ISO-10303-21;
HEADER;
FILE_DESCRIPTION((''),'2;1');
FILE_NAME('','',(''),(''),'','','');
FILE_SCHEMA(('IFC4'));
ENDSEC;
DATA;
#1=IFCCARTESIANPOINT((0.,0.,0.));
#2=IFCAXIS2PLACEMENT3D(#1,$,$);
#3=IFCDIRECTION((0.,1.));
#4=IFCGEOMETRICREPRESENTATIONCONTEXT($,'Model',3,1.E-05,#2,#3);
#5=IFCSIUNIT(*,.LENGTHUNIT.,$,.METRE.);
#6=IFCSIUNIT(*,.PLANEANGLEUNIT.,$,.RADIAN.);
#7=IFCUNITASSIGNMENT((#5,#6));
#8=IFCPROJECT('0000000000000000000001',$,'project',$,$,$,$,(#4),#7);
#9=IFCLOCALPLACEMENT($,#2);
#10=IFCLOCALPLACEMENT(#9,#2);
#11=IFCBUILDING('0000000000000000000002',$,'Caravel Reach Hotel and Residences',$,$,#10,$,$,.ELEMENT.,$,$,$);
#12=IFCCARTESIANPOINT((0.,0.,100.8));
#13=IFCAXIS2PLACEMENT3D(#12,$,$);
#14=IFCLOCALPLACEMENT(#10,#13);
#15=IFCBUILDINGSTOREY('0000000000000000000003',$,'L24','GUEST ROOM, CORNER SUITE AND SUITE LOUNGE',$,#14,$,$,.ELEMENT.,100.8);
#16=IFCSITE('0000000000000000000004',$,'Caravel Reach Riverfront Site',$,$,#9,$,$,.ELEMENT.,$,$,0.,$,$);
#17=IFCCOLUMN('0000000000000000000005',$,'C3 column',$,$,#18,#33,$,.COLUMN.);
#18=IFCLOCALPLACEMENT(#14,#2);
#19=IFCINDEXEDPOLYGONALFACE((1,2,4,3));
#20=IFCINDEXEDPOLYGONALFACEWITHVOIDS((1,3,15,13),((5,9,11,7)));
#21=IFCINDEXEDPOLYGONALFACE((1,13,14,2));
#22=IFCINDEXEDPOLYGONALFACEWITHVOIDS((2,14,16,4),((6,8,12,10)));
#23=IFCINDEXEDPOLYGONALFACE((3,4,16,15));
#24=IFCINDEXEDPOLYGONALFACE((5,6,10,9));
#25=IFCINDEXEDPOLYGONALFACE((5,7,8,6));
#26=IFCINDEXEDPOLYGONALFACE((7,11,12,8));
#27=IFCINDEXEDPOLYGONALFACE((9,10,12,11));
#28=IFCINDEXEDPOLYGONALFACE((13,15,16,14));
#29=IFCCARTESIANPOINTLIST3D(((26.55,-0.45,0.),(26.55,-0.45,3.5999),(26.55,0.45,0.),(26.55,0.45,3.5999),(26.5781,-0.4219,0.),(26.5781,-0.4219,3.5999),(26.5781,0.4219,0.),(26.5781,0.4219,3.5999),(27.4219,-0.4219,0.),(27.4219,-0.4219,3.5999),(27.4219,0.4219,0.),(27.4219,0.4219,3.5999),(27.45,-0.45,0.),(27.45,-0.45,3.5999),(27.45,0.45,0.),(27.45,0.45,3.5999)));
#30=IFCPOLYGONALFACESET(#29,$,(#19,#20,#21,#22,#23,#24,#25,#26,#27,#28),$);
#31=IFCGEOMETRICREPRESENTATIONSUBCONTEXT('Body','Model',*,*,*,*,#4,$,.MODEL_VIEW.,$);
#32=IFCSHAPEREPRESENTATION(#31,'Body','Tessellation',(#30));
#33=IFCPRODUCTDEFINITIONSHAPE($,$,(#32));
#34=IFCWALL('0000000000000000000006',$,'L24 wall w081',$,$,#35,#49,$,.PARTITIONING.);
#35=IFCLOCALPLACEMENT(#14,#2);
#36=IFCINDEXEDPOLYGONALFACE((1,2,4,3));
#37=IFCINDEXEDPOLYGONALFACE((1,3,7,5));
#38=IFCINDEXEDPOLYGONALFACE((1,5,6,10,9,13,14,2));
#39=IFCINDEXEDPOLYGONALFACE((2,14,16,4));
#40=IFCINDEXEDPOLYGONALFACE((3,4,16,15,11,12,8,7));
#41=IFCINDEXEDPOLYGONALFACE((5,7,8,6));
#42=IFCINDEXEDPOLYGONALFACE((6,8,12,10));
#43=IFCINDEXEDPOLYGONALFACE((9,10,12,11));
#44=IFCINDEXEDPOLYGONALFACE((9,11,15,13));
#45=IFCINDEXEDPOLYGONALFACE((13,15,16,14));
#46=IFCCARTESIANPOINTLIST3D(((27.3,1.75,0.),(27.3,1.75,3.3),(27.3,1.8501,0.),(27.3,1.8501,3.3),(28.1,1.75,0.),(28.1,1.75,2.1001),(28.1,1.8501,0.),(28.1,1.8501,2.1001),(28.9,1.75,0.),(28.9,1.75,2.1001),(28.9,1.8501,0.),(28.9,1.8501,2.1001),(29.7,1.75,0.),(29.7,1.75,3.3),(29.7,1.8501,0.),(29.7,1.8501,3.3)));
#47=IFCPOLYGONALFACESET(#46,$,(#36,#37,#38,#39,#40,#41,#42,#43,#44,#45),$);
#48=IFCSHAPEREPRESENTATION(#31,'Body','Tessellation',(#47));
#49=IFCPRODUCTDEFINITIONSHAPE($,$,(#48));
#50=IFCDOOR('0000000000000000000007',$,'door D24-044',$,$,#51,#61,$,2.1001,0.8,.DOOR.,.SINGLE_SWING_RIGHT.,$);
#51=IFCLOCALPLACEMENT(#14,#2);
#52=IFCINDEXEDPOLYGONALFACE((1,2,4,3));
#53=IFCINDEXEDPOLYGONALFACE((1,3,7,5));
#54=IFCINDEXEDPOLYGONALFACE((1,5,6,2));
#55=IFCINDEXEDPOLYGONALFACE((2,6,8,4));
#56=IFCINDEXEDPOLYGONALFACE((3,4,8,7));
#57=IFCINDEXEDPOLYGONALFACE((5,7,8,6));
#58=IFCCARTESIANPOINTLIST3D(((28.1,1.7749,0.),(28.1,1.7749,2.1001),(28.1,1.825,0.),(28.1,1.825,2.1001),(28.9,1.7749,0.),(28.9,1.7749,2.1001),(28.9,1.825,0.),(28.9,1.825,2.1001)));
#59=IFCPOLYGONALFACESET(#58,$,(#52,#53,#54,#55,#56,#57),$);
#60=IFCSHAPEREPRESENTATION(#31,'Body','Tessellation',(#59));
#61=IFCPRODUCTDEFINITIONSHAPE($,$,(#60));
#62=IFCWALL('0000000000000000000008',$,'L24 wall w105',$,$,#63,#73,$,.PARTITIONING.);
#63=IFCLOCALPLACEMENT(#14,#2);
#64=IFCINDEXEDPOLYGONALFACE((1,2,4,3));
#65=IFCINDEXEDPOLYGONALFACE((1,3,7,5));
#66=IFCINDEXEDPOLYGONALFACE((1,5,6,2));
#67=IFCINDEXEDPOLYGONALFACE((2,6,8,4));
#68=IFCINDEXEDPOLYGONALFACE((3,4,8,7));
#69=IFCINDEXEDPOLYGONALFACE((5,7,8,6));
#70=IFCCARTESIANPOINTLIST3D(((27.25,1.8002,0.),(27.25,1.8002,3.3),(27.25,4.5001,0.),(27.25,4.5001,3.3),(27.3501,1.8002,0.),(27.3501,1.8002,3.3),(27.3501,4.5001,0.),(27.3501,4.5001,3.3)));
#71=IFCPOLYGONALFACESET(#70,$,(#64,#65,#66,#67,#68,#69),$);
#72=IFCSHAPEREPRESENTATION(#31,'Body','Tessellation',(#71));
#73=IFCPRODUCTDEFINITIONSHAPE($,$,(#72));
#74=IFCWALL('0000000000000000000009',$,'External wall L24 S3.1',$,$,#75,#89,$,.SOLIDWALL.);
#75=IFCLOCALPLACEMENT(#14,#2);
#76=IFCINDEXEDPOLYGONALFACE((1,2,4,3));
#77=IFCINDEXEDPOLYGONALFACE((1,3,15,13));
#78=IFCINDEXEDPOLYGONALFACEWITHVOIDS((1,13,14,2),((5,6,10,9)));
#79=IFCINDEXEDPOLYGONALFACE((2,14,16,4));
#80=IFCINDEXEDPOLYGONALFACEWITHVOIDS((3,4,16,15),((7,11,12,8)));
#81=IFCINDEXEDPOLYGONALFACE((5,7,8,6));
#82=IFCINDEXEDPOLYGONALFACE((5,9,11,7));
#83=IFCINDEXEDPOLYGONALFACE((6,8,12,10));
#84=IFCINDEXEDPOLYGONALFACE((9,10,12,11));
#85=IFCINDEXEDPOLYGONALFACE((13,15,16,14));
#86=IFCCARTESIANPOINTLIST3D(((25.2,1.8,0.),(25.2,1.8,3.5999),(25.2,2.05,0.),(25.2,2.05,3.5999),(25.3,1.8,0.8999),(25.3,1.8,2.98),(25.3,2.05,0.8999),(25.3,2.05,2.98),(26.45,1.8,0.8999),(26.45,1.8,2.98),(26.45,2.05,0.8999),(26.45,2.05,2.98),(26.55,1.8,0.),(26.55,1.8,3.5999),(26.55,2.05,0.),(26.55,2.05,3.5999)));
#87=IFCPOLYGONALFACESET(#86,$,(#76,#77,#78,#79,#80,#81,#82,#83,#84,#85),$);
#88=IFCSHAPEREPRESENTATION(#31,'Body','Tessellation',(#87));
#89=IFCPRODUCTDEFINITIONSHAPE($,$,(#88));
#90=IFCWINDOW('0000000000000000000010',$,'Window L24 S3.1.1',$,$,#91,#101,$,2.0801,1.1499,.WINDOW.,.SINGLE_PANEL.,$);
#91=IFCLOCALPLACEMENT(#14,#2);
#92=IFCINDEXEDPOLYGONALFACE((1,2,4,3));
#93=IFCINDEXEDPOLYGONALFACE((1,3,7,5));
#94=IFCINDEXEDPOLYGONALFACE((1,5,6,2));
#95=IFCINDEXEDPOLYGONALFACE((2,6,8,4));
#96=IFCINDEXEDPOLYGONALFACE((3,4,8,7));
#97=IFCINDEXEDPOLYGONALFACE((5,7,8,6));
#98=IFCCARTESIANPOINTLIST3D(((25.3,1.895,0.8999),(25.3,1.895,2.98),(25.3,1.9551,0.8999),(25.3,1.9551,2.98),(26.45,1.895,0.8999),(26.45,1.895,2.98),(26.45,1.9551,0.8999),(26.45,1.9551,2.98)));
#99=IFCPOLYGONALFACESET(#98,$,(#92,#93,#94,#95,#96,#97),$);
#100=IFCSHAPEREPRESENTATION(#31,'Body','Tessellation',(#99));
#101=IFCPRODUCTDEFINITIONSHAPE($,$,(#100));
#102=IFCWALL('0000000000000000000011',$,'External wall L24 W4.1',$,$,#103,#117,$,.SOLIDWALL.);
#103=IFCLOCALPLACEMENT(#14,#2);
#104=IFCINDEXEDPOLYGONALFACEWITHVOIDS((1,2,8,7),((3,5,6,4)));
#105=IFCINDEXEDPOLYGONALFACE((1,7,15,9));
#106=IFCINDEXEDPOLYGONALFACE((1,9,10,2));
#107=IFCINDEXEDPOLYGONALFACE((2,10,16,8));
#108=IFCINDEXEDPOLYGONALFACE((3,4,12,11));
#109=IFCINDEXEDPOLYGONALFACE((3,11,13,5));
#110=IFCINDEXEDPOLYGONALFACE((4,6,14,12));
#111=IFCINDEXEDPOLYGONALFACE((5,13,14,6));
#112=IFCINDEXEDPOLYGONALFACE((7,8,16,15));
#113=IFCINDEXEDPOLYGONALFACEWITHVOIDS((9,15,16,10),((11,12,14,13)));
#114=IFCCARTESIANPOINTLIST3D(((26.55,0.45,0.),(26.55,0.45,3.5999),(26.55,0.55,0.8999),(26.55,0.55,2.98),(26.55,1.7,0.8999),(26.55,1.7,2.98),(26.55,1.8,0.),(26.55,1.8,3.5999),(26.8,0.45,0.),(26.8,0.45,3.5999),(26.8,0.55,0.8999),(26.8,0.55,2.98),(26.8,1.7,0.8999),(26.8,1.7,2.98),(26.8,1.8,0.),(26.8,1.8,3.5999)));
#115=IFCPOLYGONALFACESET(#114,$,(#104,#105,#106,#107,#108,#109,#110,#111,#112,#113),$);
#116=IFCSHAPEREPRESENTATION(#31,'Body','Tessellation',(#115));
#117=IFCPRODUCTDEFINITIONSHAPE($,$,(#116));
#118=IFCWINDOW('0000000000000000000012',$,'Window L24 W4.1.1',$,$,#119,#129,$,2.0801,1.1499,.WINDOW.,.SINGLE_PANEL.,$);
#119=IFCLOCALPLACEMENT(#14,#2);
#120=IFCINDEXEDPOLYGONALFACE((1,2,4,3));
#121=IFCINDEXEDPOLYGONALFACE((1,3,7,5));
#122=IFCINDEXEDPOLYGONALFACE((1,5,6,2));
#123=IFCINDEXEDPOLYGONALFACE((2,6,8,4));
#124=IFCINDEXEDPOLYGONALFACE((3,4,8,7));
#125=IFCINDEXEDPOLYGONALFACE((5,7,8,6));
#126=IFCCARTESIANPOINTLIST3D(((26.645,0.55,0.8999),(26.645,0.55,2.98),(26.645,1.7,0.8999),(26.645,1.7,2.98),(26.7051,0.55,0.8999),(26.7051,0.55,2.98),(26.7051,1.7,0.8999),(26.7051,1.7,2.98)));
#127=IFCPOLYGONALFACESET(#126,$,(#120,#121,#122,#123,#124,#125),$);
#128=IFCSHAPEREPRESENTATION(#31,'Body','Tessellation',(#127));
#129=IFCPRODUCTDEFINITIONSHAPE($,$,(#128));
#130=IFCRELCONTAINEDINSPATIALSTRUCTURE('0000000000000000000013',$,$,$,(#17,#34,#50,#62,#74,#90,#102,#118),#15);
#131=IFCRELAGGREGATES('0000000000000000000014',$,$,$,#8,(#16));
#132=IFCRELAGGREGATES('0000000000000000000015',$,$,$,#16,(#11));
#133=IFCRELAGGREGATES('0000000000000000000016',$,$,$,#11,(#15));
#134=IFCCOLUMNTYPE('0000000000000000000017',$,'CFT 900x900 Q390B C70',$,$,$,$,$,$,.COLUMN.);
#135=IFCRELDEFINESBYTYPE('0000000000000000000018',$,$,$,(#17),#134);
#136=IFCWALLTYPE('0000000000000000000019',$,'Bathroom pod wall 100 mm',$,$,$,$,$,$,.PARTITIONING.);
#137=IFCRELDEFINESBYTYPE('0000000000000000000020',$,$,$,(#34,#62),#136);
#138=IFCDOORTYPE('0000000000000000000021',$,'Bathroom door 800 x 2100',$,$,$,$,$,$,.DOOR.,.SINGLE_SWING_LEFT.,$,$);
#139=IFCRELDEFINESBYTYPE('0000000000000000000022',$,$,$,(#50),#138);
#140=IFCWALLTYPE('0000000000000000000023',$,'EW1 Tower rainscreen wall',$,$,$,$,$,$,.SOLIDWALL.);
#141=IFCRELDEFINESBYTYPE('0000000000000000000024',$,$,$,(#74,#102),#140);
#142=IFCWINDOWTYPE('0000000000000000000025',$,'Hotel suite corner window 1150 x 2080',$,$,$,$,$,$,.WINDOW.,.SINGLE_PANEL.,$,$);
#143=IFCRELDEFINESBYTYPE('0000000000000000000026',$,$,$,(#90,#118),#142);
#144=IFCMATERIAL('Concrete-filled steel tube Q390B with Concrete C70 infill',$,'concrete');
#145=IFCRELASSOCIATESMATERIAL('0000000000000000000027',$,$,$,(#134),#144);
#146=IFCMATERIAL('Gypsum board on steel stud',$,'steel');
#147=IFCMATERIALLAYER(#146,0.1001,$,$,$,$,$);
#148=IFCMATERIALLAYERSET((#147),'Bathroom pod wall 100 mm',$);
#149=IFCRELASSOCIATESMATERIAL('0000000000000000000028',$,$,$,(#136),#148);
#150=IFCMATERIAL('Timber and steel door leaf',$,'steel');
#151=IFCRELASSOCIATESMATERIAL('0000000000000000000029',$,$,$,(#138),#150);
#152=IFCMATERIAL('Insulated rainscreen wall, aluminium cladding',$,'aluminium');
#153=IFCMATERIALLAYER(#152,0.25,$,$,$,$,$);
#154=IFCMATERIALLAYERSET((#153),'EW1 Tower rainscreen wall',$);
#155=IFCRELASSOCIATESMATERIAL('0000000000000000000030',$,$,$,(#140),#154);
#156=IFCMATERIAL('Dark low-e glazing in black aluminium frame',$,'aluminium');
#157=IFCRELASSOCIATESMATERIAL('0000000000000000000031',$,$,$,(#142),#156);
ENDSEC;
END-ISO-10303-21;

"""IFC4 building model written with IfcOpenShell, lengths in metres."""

from ifc_helpers import new_model, si_unit, direction, frame, frame_2d, origin, origin_2d, place, context, subcontext, project, spatial, rectangle, hollow_rectangle, extrude, material, layer, layer_set, material_profile, profile_set, type_object, element, fill, save


model = new_model("IFC4")

# Units and contexts
model_context = context("Model", 3, precision=1e-05, world=origin(), true_north=direction((0.0, 1.0)))
body_context = subcontext(model_context, "Body", "Model", "MODEL_VIEW")
ifc_project = project(units=[si_unit("LENGTHUNIT", "METRE"), si_unit("PLANEANGLEUNIT", "RADIAN")], contexts=[model_context])

# Site, building, storey
site_placement = place(None, origin())
site = spatial("IfcSite", under=ifc_project, at=site_placement, Name="Caravel Reach Riverfront Site", CompositionType="ELEMENT", RefElevation=0.0)
building_placement = place(site_placement, origin())
building = spatial("IfcBuilding", under=site, at=building_placement, Name="Caravel Reach Hotel and Residences", CompositionType="ELEMENT")
storey_placement = place(building_placement, frame((0.0, 0.0, 100.8)))
storey = spatial("IfcBuildingStorey", under=building, at=storey_placement, Name="L24", Description="GUEST ROOM, CORNER SUITE AND SUITE LOUNGE", CompositionType="ELEMENT", Elevation=100.8)

# Column
ifc_material_1 = material(Name="Concrete-filled steel tube Q390B with Concrete C70 infill", Category="concrete")
ifc_material_profile = material_profile(ifc_material_1, hollow_rectangle(XDim=0.8999, YDim=0.8999, WallThickness=0.0281, at=origin_2d()), Name="RHS 900x900x28")
ifc_profile_set = profile_set([ifc_material_profile], Name="Concrete-filled steel tube Q390B with Concrete C70 infill")
column_type = type_object("IfcColumnType", Name="CFT 900x900 Q390B C70", PredefinedType="COLUMN", material=ifc_profile_set)
column_placement = place(storey_placement, frame((27.0, 0.0, 0.0), z_axis=(0.0, 0.0, 1.0), x_axis=(1.0, 0.0, 0.0)))
element("IfcColumn", 1, at=column_placement, inside=storey, type_object=column_type, Name="C3 column", PredefinedType="COLUMN", context=body_context, shape_type="SweptSolid", body=[
    extrude(hollow_rectangle(XDim=0.8999, YDim=0.8999, WallThickness=0.0281, at=origin_2d()), origin(), (0.0, 0.0, 1.0), 3.5999),
])

# Wall, opening, door
ifc_material_2 = material(Name="Gypsum board on steel stud", Category="steel")
ifc_layer_1 = layer(ifc_material_2, 0.1001)
ifc_layer_set_1 = layer_set([ifc_layer_1], Name="Bathroom pod wall 100 mm")
wall_type_1 = type_object("IfcWallType", Name="Bathroom pod wall 100 mm", PredefinedType="PARTITIONING", material=ifc_layer_set_1)
wall_1_placement = place(storey_placement, frame((27.3, 1.8, 0.0), z_axis=(0.0, 0.0, 1.0), x_axis=(1.0, 0.0, 0.0)))
wall_1 = element("IfcWall", 2, at=wall_1_placement, inside=storey, type_object=wall_type_1, Name="L24 wall w081", PredefinedType="PARTITIONING", context=body_context, shape_type="SweptSolid", body=[
    extrude(rectangle(XDim=2.3999, YDim=0.1001, at=frame_2d((1.2, 0.0))), origin(), (0.0, 0.0, 1.0), 3.3),
])
opening_1_placement = place(wall_1_placement, frame((0.8, 0.0, 0.0)))
opening_1 = element("IfcOpeningElement", 3, at=opening_1_placement, cuts=wall_1, PredefinedType="OPENING", context=body_context, shape_type="SweptSolid", body=[
    extrude(rectangle(XDim=0.8, YDim=2.1001, at=frame_2d((0.3999, 1.05))), frame((0.0, 0.0601, 0.0), z_axis=(0.0, -1.0, 0.0), x_axis=(1.0, 0.0, 0.0)), (0.0, 0.0, 1.0), 0.1201),
])
ifc_material_3 = material(Name="Timber and steel door leaf", Category="steel")
door_type = type_object("IfcDoorType", Name="Bathroom door 800 x 2100", OperationType="SINGLE_SWING_LEFT", PredefinedType="DOOR", material=ifc_material_3)
door_placement = place(opening_1_placement, origin())
door = element("IfcDoor", 4, at=door_placement, inside=storey, type_object=door_type, Name="door D24-044", OperationType="SINGLE_SWING_RIGHT", OverallHeight=2.1001, OverallWidth=0.8, PredefinedType="DOOR", context=body_context, shape_type="SweptSolid", body=[
    extrude(rectangle(XDim=0.8, YDim=2.1001, at=frame_2d((0.3999, 1.05))), frame((0.0, 0.0249, 0.0), z_axis=(0.0, -1.0, 0.0), x_axis=(1.0, 0.0, 0.0)), (0.0, 0.0, 1.0), 0.05),
])
fill(opening_1, door)

# Wall
wall_2_placement = place(storey_placement, frame((27.3, 1.8, 0.0), z_axis=(0.0, 0.0, 1.0), x_axis=(0.0, 1.0, 0.0)))
element("IfcWall", 5, at=wall_2_placement, inside=storey, type_object=wall_type_1, Name="L24 wall w105", PredefinedType="PARTITIONING", context=body_context, shape_type="SweptSolid", body=[
    extrude(rectangle(XDim=2.7, YDim=0.1001, at=frame_2d((1.3501, 0.0))), origin(), (0.0, 0.0, 1.0), 3.3),
])

# Walls, openings, windows
ifc_material_4 = material(Name="Insulated rainscreen wall, aluminium cladding", Category="aluminium")
ifc_layer_2 = layer(ifc_material_4, 0.25)
ifc_layer_set_2 = layer_set([ifc_layer_2], Name="EW1 Tower rainscreen wall")
wall_type_2 = type_object("IfcWallType", Name="EW1 Tower rainscreen wall", PredefinedType="SOLIDWALL", material=ifc_layer_set_2)
wall_3_placement = place(storey_placement, frame((25.2, 1.925, 0.0), z_axis=(0.0, 0.0, 1.0), x_axis=(1.0, 0.0, 0.0)))
wall_3 = element("IfcWall", 6, at=wall_3_placement, inside=storey, type_object=wall_type_2, Name="External wall L24 S3.1", PredefinedType="SOLIDWALL", context=body_context, shape_type="SweptSolid", body=[
    extrude(rectangle(XDim=1.3501, YDim=0.25, at=frame_2d((0.675, 0.0))), origin(), (0.0, 0.0, 1.0), 3.5999),
])
opening_2_placement = place(wall_3_placement, frame((0.1001, 0.0, 0.8999)))
opening_2 = element("IfcOpeningElement", 7, at=opening_2_placement, cuts=wall_3, PredefinedType="OPENING", context=body_context, shape_type="SweptSolid", body=[
    extrude(rectangle(XDim=1.1499, YDim=2.0801, at=frame_2d((0.575, 1.04))), frame((0.0, 0.135, 0.0), z_axis=(0.0, -1.0, 0.0), x_axis=(1.0, 0.0, 0.0)), (0.0, 0.0, 1.0), 0.27),
])
ifc_material_5 = material(Name="Dark low-e glazing in black aluminium frame", Category="aluminium")
window_type_1 = type_object("IfcWindowType", Name="Hotel suite corner window 1150 x 2080", PartitioningType="SINGLE_PANEL", PredefinedType="WINDOW", material=ifc_material_5)
window_1_placement = place(opening_2_placement, origin())
window_1 = element("IfcWindow", 8, at=window_1_placement, inside=storey, type_object=window_type_1, Name="Window L24 S3.1.1", OverallHeight=2.0801, OverallWidth=1.1499, PartitioningType="SINGLE_PANEL", PredefinedType="WINDOW", context=body_context, shape_type="SweptSolid", body=[
    extrude(rectangle(XDim=1.1499, YDim=2.0801, at=frame_2d((0.575, 1.04))), frame((0.0, 0.03, 0.0), z_axis=(0.0, -1.0, 0.0), x_axis=(1.0, 0.0, 0.0)), (0.0, 0.0, 1.0), 0.0601),
])
fill(opening_2, window_1)
wall_4_placement = place(storey_placement, frame((26.675, 1.8, 0.0), z_axis=(0.0, 0.0, 1.0), x_axis=(0.0, -1.0, 0.0)))
wall_4 = element("IfcWall", 9, at=wall_4_placement, inside=storey, type_object=wall_type_2, Name="External wall L24 W4.1", PredefinedType="SOLIDWALL", context=body_context, shape_type="SweptSolid", body=[
    extrude(rectangle(XDim=1.3501, YDim=0.25, at=frame_2d((0.675, 0.0))), origin(), (0.0, 0.0, 1.0), 3.5999),
])
opening_3_placement = place(wall_4_placement, frame((0.1001, 0.0, 0.8999)))
opening_3 = element("IfcOpeningElement", 10, at=opening_3_placement, cuts=wall_4, PredefinedType="OPENING", context=body_context, shape_type="SweptSolid", body=[
    extrude(rectangle(XDim=1.1499, YDim=2.0801, at=frame_2d((0.575, 1.04))), frame((0.0, 0.135, 0.0), z_axis=(0.0, -1.0, 0.0), x_axis=(1.0, 0.0, 0.0)), (0.0, 0.0, 1.0), 0.27),
])
window_2_placement = place(opening_3_placement, origin())
window_2 = element("IfcWindow", 11, at=window_2_placement, inside=storey, type_object=window_type_1, Name="Window L24 W4.1.1", OverallHeight=2.0801, OverallWidth=1.1499, PartitioningType="SINGLE_PANEL", PredefinedType="WINDOW", context=body_context, shape_type="SweptSolid", body=[
    extrude(rectangle(XDim=1.1499, YDim=2.0801, at=frame_2d((0.575, 1.04))), frame((0.0, 0.03, 0.0), z_axis=(0.0, -1.0, 0.0), x_axis=(1.0, 0.0, 0.0)), (0.0, 0.0, 1.0), 0.0601),
])
fill(opening_3, window_2)

save(model, "model.ifc")
